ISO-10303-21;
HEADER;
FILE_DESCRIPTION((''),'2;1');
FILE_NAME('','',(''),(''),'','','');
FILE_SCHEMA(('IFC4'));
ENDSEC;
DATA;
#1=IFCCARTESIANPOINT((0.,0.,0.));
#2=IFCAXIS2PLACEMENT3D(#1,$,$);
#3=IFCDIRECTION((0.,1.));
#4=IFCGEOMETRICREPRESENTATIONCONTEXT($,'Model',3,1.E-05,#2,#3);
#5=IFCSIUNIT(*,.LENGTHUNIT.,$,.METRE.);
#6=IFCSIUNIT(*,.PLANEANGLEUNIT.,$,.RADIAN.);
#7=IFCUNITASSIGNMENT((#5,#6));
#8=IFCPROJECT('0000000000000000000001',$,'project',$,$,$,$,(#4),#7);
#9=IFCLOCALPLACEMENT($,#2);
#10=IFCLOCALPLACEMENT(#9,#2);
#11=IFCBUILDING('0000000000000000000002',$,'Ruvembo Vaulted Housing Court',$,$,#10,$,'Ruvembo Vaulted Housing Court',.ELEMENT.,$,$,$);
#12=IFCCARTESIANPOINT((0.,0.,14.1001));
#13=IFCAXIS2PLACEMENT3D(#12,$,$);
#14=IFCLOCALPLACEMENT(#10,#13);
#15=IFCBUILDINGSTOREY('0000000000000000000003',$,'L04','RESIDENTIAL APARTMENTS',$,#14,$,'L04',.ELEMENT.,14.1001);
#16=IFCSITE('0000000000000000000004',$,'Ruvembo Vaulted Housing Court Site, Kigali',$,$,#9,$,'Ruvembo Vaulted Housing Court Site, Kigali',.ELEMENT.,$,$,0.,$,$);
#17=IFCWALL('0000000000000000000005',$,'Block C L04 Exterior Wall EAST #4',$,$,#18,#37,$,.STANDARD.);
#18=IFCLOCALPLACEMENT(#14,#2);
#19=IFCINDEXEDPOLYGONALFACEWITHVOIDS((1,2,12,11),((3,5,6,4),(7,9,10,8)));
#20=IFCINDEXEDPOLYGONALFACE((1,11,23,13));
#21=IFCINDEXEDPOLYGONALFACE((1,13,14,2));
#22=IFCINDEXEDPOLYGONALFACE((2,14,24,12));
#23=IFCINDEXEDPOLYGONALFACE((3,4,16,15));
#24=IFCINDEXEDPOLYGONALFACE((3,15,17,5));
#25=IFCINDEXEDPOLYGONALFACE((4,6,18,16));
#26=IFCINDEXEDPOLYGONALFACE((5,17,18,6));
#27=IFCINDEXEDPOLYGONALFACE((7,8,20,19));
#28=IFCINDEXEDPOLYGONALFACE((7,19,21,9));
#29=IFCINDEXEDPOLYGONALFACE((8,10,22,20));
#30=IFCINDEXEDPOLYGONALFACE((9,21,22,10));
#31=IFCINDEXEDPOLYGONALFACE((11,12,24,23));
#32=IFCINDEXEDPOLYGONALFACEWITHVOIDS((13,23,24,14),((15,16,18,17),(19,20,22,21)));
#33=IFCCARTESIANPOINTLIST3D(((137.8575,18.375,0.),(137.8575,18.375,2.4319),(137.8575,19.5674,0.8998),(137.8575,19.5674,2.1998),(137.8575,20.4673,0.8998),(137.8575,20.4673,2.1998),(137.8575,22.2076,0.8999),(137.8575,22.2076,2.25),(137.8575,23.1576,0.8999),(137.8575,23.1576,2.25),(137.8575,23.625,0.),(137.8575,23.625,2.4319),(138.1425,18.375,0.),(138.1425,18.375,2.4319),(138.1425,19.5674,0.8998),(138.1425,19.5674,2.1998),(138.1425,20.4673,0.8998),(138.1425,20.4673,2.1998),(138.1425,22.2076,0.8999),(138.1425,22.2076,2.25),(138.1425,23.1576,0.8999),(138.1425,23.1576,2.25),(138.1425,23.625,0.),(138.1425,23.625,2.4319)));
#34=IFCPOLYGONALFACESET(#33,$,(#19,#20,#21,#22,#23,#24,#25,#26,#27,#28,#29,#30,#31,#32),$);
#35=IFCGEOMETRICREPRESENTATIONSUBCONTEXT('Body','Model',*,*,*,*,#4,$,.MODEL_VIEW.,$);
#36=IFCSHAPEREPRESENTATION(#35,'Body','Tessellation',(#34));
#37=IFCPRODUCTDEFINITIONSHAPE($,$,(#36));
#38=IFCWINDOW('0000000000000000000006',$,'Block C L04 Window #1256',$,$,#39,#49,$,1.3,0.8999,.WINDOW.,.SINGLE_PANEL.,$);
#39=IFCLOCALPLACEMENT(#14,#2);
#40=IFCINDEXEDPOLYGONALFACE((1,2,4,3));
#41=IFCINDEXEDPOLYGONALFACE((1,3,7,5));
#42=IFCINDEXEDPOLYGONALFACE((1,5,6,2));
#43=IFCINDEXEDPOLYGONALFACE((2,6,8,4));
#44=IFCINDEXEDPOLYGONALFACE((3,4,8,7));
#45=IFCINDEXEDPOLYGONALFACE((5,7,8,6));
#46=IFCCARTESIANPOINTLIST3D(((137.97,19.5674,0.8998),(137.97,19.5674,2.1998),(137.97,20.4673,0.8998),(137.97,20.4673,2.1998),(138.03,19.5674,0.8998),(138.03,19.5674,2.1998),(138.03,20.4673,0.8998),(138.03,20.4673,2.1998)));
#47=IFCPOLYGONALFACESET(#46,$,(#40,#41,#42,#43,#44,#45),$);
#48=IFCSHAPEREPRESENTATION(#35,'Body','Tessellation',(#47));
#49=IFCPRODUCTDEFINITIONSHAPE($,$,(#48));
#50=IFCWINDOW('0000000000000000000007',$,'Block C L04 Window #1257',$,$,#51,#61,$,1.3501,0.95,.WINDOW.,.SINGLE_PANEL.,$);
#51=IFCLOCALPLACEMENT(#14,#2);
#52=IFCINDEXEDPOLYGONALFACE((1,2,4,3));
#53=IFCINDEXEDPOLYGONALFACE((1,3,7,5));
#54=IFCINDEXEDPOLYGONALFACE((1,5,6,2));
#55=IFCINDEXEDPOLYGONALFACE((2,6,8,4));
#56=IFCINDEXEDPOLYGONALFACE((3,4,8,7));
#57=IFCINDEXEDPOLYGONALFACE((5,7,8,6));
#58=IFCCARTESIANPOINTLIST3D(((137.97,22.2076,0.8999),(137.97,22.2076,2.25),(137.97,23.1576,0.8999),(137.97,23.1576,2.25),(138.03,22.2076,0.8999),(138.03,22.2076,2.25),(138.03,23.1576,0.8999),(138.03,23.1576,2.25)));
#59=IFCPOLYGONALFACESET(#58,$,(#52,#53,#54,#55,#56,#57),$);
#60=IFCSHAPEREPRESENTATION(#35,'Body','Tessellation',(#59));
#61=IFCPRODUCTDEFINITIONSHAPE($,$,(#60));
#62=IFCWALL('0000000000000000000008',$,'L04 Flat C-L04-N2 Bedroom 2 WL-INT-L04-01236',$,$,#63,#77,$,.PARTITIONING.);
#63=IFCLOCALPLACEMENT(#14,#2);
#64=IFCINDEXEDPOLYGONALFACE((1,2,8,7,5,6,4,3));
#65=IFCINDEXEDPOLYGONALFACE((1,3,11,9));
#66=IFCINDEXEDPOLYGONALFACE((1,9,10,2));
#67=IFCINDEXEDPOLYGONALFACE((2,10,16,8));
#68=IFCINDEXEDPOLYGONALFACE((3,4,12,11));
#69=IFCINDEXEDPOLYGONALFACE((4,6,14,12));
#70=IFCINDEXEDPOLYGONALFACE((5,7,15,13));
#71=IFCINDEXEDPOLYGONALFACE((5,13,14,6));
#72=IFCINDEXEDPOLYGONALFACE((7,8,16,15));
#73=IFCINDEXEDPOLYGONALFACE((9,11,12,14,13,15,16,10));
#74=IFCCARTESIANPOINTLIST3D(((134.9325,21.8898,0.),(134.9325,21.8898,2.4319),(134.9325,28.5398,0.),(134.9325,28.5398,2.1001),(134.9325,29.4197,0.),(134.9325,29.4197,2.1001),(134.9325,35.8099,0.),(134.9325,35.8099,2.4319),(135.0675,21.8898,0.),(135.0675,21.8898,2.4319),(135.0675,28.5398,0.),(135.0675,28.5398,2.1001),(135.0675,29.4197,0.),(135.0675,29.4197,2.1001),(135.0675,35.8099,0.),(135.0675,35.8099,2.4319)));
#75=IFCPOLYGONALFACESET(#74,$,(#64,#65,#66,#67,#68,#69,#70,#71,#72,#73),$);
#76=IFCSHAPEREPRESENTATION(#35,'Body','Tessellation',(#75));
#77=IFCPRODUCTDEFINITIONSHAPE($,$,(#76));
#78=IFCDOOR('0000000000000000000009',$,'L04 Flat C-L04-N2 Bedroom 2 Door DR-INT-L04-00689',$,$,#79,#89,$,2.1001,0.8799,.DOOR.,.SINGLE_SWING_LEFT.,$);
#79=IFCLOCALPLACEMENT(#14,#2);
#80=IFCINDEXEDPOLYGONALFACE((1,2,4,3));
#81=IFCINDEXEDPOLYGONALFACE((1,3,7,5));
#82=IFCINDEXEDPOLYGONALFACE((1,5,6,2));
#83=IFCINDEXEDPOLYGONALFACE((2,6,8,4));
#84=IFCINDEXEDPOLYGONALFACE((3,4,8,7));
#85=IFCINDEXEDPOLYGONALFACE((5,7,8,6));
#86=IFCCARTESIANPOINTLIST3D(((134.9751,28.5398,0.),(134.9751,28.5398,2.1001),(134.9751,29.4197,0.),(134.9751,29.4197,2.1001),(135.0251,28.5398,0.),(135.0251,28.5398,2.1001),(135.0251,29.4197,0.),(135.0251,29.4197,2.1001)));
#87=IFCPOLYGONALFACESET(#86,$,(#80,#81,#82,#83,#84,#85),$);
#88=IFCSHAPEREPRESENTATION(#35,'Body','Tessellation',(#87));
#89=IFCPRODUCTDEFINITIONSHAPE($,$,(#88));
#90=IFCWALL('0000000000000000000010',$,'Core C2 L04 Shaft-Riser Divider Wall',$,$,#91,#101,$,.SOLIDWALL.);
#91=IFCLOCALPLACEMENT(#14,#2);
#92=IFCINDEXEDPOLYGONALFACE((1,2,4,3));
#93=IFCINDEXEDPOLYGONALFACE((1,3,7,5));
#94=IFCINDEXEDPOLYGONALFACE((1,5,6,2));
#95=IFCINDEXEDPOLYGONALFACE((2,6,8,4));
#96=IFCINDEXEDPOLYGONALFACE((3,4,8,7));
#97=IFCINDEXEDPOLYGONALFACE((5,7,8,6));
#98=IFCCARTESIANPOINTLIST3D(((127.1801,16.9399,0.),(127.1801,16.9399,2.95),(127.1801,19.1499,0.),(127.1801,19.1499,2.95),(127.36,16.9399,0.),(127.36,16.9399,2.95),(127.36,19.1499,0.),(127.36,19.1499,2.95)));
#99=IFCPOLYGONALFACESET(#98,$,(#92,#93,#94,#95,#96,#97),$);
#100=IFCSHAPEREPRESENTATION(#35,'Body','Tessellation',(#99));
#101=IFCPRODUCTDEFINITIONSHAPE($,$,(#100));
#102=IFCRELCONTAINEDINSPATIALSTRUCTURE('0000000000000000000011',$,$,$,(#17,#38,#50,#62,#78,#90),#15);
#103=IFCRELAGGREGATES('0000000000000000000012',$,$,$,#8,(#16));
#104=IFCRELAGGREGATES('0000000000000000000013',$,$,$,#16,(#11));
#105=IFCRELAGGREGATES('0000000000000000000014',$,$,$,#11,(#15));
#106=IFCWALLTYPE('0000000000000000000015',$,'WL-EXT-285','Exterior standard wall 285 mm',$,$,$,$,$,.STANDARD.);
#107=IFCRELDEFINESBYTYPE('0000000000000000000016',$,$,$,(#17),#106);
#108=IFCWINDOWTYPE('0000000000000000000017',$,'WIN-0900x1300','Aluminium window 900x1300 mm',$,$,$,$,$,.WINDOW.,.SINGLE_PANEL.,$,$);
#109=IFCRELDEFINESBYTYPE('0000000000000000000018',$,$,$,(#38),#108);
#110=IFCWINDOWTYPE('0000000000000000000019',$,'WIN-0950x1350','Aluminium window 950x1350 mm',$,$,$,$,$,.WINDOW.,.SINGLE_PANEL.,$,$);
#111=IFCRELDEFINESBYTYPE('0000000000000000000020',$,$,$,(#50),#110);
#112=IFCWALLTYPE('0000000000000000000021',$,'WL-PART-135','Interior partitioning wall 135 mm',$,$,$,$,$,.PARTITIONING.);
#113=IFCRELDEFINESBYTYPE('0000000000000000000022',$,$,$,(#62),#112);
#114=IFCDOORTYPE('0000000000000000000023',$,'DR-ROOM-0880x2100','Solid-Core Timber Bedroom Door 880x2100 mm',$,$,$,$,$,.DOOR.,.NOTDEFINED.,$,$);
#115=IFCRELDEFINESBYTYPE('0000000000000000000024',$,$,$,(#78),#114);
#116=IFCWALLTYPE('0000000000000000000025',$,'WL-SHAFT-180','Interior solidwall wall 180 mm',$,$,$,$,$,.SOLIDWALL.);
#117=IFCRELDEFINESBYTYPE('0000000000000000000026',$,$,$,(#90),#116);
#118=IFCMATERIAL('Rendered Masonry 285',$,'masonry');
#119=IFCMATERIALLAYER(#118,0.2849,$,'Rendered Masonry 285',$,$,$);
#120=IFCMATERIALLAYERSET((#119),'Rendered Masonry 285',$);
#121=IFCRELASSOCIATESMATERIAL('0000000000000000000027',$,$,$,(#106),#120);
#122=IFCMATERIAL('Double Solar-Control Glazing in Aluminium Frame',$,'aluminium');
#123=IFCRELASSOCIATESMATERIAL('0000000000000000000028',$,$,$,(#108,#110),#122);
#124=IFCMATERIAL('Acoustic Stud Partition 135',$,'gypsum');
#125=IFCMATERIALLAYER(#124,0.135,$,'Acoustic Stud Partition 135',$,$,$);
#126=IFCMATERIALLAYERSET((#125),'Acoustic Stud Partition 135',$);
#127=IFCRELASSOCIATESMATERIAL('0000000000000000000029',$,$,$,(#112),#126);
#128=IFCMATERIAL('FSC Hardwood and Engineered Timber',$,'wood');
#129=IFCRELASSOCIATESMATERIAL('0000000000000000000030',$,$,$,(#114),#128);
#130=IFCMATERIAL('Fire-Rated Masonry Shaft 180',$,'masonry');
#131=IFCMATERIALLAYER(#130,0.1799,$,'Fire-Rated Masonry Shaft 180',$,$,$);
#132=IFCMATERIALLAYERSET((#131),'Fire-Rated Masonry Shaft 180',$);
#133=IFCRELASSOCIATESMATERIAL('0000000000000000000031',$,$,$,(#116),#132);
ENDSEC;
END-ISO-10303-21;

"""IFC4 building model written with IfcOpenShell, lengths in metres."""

from ifc_helpers import new_model, si_unit, direction, frame, frame_2d, origin, place, context, subcontext, project, spatial, rectangle, extrude, material, layer, layer_set, type_object, element, fill, save


model = new_model("IFC4")

# Units and contexts
model_context = context("Model", 3, precision=1e-05, world=origin(), true_north=direction((0.0, 1.0)))
body_context = subcontext(model_context, "Body", "Model", "MODEL_VIEW")
ifc_project = project(units=[si_unit("LENGTHUNIT", "METRE"), si_unit("PLANEANGLEUNIT", "RADIAN")], contexts=[model_context])

# Site, building, storey
site_placement = place(None, origin())
site = spatial("IfcSite", under=ifc_project, at=site_placement, Name="Ruvembo Vaulted Housing Court Site, Kigali", LongName="Ruvembo Vaulted Housing Court Site, Kigali", CompositionType="ELEMENT", RefElevation=0.0)
building_placement = place(site_placement, origin())
building = spatial("IfcBuilding", under=site, at=building_placement, Name="Ruvembo Vaulted Housing Court", LongName="Ruvembo Vaulted Housing Court", CompositionType="ELEMENT")
storey_placement = place(building_placement, frame((0.0, 0.0, 14.1001)))
storey = spatial("IfcBuildingStorey", under=building, at=storey_placement, Name="L04", Description="RESIDENTIAL APARTMENTS", LongName="L04", CompositionType="ELEMENT", Elevation=14.1001)

# Wall, openings, windows
ifc_material_1 = material(Name="Rendered Masonry 285", Category="masonry")
ifc_layer_1 = layer(ifc_material_1, 0.2849, Name="Rendered Masonry 285")
ifc_layer_set_1 = layer_set([ifc_layer_1], Name="Rendered Masonry 285")
wall_type_1 = type_object("IfcWallType", Name="WL-EXT-285", Description="Exterior standard wall 285 mm", PredefinedType="STANDARD", material=ifc_layer_set_1)
wall_1_placement = place(storey_placement, frame((138.0, 18.375, 0.0), z_axis=(0.0, 0.0, 1.0), x_axis=(0.0, 1.0, 0.0)))
wall_1 = element("IfcWall", 1, at=wall_1_placement, inside=storey, type_object=wall_type_1, Name="Block C L04 Exterior Wall EAST #4", PredefinedType="STANDARD", context=body_context, shape_type="SweptSolid", body=[
    extrude(rectangle(XDim=5.25, YDim=0.2849, at=frame_2d((2.625, 0.0))), origin(), (0.0, 0.0, 1.0), 2.4319),
])
opening_1_placement = place(wall_1_placement, frame((1.1924, 0.0, 0.8999)))
opening_1 = element("IfcOpeningElement", 2, at=opening_1_placement, cuts=wall_1, PredefinedType="OPENING", context=body_context, shape_type="SweptSolid", body=[
    extrude(rectangle(XDim=0.8999, YDim=1.3, at=frame_2d((0.45, 0.6499))), frame((0.0, 0.1523, 0.0), z_axis=(0.0, -1.0, 0.0), x_axis=(1.0, 0.0, 0.0)), (0.0, 0.0, 1.0), 0.3049),
])
opening_2_placement = place(wall_1_placement, frame((3.8325, 0.0, 0.8999)))
opening_2 = element("IfcOpeningElement", 3, at=opening_2_placement, cuts=wall_1, PredefinedType="OPENING", context=body_context, shape_type="SweptSolid", body=[
    extrude(rectangle(XDim=0.95, YDim=1.3501, at=frame_2d((0.4751, 0.675))), frame((0.0, 0.1523, 0.0), z_axis=(0.0, -1.0, 0.0), x_axis=(1.0, 0.0, 0.0)), (0.0, 0.0, 1.0), 0.3049),
])
ifc_material_2 = material(Name="Double Solar-Control Glazing in Aluminium Frame", Category="aluminium")
window_type_1 = type_object("IfcWindowType", Name="WIN-0900x1300", Description="Aluminium window 900x1300 mm", PartitioningType="SINGLE_PANEL", PredefinedType="WINDOW", material=ifc_material_2)
window_1_placement = place(opening_1_placement, origin())
window_1 = element("IfcWindow", 4, at=window_1_placement, inside=storey, type_object=window_type_1, Name="Block C L04 Window #1256", OverallHeight=1.3, OverallWidth=0.8999, PartitioningType="SINGLE_PANEL", PredefinedType="WINDOW", context=body_context, shape_type="SweptSolid", body=[
    extrude(rectangle(XDim=0.8999, YDim=1.3, at=frame_2d((0.45, 0.6499))), frame((0.0, 0.03, 0.0), z_axis=(0.0, -1.0, 0.0), x_axis=(1.0, 0.0, 0.0)), (0.0, 0.0, 1.0), 0.0601),
])
fill(opening_1, window_1)
window_type_2 = type_object("IfcWindowType", Name="WIN-0950x1350", Description="Aluminium window 950x1350 mm", PartitioningType="SINGLE_PANEL", PredefinedType="WINDOW", material=ifc_material_2)
window_2_placement = place(opening_2_placement, origin())
window_2 = element("IfcWindow", 5, at=window_2_placement, inside=storey, type_object=window_type_2, Name="Block C L04 Window #1257", OverallHeight=1.3501, OverallWidth=0.95, PartitioningType="SINGLE_PANEL", PredefinedType="WINDOW", context=body_context, shape_type="SweptSolid", body=[
    extrude(rectangle(XDim=0.95, YDim=1.3501, at=frame_2d((0.4751, 0.675))), frame((0.0, 0.03, 0.0), z_axis=(0.0, -1.0, 0.0), x_axis=(1.0, 0.0, 0.0)), (0.0, 0.0, 1.0), 0.0601),
])
fill(opening_2, window_2)

# Wall, opening, door
ifc_material_3 = material(Name="Acoustic Stud Partition 135", Category="gypsum")
ifc_layer_2 = layer(ifc_material_3, 0.135, Name="Acoustic Stud Partition 135")
ifc_layer_set_2 = layer_set([ifc_layer_2], Name="Acoustic Stud Partition 135")
wall_type_2 = type_object("IfcWallType", Name="WL-PART-135", Description="Interior partitioning wall 135 mm", PredefinedType="PARTITIONING", material=ifc_layer_set_2)
wall_2_placement = place(storey_placement, frame((135.0, 21.8899, 0.0), z_axis=(0.0, 0.0, 1.0), x_axis=(0.0, 1.0, 0.0)))
wall_2 = element("IfcWall", 6, at=wall_2_placement, inside=storey, type_object=wall_type_2, Name="L04 Flat C-L04-N2 Bedroom 2 WL-INT-L04-01236", PredefinedType="PARTITIONING", context=body_context, shape_type="SweptSolid", body=[
    extrude(rectangle(XDim=13.9202, YDim=0.135, at=frame_2d((6.96, 0.0))), origin(), (0.0, 0.0, 1.0), 2.4319),
])
opening_3_placement = place(wall_2_placement, frame((6.6499, 0.0, 0.0)))
opening_3 = element("IfcOpeningElement", 7, at=opening_3_placement, cuts=wall_2, PredefinedType="OPENING", context=body_context, shape_type="SweptSolid", body=[
    extrude(rectangle(XDim=0.8799, YDim=2.1001, at=frame_2d((0.4399, 1.05))), frame((0.0, 0.0774, 0.0), z_axis=(0.0, -1.0, 0.0), x_axis=(1.0, 0.0, 0.0)), (0.0, 0.0, 1.0), 0.155),
])
ifc_material_4 = material(Name="FSC Hardwood and Engineered Timber", Category="wood")
door_type = type_object("IfcDoorType", Name="DR-ROOM-0880x2100", Description="Solid-Core Timber Bedroom Door 880x2100 mm", OperationType="NOTDEFINED", PredefinedType="DOOR", material=ifc_material_4)
door_placement = place(opening_3_placement, origin())
door = element("IfcDoor", 8, at=door_placement, inside=storey, type_object=door_type, Name="L04 Flat C-L04-N2 Bedroom 2 Door DR-INT-L04-00689", OperationType="SINGLE_SWING_LEFT", OverallHeight=2.1001, OverallWidth=0.8799, PredefinedType="DOOR", context=body_context, shape_type="SweptSolid", body=[
    extrude(rectangle(XDim=0.8799, YDim=2.1001, at=frame_2d((0.4399, 1.05))), frame((0.0, 0.0249, 0.0), z_axis=(0.0, -1.0, 0.0), x_axis=(1.0, 0.0, 0.0)), (0.0, 0.0, 1.0), 0.05),
])
fill(opening_3, door)

# Wall
ifc_material_5 = material(Name="Fire-Rated Masonry Shaft 180", Category="masonry")
ifc_layer_3 = layer(ifc_material_5, 0.1799, Name="Fire-Rated Masonry Shaft 180")
ifc_layer_set_3 = layer_set([ifc_layer_3], Name="Fire-Rated Masonry Shaft 180")
wall_type_3 = type_object("IfcWallType", Name="WL-SHAFT-180", Description="Interior solidwall wall 180 mm", PredefinedType="SOLIDWALL", material=ifc_layer_set_3)
wall_3_placement = place(storey_placement, frame((127.27, 16.9399, 0.0), z_axis=(0.0, 0.0, 1.0), x_axis=(0.0, 1.0, 0.0)))
element("IfcWall", 9, at=wall_3_placement, inside=storey, type_object=wall_type_3, Name="Core C2 L04 Shaft-Riser Divider Wall", PredefinedType="SOLIDWALL", context=body_context, shape_type="SweptSolid", body=[
    extrude(rectangle(XDim=2.21, YDim=0.1799, at=frame_2d((1.105, 0.0))), origin(), (0.0, 0.0, 1.0), 2.95),
])

save(model, "model.ifc")
